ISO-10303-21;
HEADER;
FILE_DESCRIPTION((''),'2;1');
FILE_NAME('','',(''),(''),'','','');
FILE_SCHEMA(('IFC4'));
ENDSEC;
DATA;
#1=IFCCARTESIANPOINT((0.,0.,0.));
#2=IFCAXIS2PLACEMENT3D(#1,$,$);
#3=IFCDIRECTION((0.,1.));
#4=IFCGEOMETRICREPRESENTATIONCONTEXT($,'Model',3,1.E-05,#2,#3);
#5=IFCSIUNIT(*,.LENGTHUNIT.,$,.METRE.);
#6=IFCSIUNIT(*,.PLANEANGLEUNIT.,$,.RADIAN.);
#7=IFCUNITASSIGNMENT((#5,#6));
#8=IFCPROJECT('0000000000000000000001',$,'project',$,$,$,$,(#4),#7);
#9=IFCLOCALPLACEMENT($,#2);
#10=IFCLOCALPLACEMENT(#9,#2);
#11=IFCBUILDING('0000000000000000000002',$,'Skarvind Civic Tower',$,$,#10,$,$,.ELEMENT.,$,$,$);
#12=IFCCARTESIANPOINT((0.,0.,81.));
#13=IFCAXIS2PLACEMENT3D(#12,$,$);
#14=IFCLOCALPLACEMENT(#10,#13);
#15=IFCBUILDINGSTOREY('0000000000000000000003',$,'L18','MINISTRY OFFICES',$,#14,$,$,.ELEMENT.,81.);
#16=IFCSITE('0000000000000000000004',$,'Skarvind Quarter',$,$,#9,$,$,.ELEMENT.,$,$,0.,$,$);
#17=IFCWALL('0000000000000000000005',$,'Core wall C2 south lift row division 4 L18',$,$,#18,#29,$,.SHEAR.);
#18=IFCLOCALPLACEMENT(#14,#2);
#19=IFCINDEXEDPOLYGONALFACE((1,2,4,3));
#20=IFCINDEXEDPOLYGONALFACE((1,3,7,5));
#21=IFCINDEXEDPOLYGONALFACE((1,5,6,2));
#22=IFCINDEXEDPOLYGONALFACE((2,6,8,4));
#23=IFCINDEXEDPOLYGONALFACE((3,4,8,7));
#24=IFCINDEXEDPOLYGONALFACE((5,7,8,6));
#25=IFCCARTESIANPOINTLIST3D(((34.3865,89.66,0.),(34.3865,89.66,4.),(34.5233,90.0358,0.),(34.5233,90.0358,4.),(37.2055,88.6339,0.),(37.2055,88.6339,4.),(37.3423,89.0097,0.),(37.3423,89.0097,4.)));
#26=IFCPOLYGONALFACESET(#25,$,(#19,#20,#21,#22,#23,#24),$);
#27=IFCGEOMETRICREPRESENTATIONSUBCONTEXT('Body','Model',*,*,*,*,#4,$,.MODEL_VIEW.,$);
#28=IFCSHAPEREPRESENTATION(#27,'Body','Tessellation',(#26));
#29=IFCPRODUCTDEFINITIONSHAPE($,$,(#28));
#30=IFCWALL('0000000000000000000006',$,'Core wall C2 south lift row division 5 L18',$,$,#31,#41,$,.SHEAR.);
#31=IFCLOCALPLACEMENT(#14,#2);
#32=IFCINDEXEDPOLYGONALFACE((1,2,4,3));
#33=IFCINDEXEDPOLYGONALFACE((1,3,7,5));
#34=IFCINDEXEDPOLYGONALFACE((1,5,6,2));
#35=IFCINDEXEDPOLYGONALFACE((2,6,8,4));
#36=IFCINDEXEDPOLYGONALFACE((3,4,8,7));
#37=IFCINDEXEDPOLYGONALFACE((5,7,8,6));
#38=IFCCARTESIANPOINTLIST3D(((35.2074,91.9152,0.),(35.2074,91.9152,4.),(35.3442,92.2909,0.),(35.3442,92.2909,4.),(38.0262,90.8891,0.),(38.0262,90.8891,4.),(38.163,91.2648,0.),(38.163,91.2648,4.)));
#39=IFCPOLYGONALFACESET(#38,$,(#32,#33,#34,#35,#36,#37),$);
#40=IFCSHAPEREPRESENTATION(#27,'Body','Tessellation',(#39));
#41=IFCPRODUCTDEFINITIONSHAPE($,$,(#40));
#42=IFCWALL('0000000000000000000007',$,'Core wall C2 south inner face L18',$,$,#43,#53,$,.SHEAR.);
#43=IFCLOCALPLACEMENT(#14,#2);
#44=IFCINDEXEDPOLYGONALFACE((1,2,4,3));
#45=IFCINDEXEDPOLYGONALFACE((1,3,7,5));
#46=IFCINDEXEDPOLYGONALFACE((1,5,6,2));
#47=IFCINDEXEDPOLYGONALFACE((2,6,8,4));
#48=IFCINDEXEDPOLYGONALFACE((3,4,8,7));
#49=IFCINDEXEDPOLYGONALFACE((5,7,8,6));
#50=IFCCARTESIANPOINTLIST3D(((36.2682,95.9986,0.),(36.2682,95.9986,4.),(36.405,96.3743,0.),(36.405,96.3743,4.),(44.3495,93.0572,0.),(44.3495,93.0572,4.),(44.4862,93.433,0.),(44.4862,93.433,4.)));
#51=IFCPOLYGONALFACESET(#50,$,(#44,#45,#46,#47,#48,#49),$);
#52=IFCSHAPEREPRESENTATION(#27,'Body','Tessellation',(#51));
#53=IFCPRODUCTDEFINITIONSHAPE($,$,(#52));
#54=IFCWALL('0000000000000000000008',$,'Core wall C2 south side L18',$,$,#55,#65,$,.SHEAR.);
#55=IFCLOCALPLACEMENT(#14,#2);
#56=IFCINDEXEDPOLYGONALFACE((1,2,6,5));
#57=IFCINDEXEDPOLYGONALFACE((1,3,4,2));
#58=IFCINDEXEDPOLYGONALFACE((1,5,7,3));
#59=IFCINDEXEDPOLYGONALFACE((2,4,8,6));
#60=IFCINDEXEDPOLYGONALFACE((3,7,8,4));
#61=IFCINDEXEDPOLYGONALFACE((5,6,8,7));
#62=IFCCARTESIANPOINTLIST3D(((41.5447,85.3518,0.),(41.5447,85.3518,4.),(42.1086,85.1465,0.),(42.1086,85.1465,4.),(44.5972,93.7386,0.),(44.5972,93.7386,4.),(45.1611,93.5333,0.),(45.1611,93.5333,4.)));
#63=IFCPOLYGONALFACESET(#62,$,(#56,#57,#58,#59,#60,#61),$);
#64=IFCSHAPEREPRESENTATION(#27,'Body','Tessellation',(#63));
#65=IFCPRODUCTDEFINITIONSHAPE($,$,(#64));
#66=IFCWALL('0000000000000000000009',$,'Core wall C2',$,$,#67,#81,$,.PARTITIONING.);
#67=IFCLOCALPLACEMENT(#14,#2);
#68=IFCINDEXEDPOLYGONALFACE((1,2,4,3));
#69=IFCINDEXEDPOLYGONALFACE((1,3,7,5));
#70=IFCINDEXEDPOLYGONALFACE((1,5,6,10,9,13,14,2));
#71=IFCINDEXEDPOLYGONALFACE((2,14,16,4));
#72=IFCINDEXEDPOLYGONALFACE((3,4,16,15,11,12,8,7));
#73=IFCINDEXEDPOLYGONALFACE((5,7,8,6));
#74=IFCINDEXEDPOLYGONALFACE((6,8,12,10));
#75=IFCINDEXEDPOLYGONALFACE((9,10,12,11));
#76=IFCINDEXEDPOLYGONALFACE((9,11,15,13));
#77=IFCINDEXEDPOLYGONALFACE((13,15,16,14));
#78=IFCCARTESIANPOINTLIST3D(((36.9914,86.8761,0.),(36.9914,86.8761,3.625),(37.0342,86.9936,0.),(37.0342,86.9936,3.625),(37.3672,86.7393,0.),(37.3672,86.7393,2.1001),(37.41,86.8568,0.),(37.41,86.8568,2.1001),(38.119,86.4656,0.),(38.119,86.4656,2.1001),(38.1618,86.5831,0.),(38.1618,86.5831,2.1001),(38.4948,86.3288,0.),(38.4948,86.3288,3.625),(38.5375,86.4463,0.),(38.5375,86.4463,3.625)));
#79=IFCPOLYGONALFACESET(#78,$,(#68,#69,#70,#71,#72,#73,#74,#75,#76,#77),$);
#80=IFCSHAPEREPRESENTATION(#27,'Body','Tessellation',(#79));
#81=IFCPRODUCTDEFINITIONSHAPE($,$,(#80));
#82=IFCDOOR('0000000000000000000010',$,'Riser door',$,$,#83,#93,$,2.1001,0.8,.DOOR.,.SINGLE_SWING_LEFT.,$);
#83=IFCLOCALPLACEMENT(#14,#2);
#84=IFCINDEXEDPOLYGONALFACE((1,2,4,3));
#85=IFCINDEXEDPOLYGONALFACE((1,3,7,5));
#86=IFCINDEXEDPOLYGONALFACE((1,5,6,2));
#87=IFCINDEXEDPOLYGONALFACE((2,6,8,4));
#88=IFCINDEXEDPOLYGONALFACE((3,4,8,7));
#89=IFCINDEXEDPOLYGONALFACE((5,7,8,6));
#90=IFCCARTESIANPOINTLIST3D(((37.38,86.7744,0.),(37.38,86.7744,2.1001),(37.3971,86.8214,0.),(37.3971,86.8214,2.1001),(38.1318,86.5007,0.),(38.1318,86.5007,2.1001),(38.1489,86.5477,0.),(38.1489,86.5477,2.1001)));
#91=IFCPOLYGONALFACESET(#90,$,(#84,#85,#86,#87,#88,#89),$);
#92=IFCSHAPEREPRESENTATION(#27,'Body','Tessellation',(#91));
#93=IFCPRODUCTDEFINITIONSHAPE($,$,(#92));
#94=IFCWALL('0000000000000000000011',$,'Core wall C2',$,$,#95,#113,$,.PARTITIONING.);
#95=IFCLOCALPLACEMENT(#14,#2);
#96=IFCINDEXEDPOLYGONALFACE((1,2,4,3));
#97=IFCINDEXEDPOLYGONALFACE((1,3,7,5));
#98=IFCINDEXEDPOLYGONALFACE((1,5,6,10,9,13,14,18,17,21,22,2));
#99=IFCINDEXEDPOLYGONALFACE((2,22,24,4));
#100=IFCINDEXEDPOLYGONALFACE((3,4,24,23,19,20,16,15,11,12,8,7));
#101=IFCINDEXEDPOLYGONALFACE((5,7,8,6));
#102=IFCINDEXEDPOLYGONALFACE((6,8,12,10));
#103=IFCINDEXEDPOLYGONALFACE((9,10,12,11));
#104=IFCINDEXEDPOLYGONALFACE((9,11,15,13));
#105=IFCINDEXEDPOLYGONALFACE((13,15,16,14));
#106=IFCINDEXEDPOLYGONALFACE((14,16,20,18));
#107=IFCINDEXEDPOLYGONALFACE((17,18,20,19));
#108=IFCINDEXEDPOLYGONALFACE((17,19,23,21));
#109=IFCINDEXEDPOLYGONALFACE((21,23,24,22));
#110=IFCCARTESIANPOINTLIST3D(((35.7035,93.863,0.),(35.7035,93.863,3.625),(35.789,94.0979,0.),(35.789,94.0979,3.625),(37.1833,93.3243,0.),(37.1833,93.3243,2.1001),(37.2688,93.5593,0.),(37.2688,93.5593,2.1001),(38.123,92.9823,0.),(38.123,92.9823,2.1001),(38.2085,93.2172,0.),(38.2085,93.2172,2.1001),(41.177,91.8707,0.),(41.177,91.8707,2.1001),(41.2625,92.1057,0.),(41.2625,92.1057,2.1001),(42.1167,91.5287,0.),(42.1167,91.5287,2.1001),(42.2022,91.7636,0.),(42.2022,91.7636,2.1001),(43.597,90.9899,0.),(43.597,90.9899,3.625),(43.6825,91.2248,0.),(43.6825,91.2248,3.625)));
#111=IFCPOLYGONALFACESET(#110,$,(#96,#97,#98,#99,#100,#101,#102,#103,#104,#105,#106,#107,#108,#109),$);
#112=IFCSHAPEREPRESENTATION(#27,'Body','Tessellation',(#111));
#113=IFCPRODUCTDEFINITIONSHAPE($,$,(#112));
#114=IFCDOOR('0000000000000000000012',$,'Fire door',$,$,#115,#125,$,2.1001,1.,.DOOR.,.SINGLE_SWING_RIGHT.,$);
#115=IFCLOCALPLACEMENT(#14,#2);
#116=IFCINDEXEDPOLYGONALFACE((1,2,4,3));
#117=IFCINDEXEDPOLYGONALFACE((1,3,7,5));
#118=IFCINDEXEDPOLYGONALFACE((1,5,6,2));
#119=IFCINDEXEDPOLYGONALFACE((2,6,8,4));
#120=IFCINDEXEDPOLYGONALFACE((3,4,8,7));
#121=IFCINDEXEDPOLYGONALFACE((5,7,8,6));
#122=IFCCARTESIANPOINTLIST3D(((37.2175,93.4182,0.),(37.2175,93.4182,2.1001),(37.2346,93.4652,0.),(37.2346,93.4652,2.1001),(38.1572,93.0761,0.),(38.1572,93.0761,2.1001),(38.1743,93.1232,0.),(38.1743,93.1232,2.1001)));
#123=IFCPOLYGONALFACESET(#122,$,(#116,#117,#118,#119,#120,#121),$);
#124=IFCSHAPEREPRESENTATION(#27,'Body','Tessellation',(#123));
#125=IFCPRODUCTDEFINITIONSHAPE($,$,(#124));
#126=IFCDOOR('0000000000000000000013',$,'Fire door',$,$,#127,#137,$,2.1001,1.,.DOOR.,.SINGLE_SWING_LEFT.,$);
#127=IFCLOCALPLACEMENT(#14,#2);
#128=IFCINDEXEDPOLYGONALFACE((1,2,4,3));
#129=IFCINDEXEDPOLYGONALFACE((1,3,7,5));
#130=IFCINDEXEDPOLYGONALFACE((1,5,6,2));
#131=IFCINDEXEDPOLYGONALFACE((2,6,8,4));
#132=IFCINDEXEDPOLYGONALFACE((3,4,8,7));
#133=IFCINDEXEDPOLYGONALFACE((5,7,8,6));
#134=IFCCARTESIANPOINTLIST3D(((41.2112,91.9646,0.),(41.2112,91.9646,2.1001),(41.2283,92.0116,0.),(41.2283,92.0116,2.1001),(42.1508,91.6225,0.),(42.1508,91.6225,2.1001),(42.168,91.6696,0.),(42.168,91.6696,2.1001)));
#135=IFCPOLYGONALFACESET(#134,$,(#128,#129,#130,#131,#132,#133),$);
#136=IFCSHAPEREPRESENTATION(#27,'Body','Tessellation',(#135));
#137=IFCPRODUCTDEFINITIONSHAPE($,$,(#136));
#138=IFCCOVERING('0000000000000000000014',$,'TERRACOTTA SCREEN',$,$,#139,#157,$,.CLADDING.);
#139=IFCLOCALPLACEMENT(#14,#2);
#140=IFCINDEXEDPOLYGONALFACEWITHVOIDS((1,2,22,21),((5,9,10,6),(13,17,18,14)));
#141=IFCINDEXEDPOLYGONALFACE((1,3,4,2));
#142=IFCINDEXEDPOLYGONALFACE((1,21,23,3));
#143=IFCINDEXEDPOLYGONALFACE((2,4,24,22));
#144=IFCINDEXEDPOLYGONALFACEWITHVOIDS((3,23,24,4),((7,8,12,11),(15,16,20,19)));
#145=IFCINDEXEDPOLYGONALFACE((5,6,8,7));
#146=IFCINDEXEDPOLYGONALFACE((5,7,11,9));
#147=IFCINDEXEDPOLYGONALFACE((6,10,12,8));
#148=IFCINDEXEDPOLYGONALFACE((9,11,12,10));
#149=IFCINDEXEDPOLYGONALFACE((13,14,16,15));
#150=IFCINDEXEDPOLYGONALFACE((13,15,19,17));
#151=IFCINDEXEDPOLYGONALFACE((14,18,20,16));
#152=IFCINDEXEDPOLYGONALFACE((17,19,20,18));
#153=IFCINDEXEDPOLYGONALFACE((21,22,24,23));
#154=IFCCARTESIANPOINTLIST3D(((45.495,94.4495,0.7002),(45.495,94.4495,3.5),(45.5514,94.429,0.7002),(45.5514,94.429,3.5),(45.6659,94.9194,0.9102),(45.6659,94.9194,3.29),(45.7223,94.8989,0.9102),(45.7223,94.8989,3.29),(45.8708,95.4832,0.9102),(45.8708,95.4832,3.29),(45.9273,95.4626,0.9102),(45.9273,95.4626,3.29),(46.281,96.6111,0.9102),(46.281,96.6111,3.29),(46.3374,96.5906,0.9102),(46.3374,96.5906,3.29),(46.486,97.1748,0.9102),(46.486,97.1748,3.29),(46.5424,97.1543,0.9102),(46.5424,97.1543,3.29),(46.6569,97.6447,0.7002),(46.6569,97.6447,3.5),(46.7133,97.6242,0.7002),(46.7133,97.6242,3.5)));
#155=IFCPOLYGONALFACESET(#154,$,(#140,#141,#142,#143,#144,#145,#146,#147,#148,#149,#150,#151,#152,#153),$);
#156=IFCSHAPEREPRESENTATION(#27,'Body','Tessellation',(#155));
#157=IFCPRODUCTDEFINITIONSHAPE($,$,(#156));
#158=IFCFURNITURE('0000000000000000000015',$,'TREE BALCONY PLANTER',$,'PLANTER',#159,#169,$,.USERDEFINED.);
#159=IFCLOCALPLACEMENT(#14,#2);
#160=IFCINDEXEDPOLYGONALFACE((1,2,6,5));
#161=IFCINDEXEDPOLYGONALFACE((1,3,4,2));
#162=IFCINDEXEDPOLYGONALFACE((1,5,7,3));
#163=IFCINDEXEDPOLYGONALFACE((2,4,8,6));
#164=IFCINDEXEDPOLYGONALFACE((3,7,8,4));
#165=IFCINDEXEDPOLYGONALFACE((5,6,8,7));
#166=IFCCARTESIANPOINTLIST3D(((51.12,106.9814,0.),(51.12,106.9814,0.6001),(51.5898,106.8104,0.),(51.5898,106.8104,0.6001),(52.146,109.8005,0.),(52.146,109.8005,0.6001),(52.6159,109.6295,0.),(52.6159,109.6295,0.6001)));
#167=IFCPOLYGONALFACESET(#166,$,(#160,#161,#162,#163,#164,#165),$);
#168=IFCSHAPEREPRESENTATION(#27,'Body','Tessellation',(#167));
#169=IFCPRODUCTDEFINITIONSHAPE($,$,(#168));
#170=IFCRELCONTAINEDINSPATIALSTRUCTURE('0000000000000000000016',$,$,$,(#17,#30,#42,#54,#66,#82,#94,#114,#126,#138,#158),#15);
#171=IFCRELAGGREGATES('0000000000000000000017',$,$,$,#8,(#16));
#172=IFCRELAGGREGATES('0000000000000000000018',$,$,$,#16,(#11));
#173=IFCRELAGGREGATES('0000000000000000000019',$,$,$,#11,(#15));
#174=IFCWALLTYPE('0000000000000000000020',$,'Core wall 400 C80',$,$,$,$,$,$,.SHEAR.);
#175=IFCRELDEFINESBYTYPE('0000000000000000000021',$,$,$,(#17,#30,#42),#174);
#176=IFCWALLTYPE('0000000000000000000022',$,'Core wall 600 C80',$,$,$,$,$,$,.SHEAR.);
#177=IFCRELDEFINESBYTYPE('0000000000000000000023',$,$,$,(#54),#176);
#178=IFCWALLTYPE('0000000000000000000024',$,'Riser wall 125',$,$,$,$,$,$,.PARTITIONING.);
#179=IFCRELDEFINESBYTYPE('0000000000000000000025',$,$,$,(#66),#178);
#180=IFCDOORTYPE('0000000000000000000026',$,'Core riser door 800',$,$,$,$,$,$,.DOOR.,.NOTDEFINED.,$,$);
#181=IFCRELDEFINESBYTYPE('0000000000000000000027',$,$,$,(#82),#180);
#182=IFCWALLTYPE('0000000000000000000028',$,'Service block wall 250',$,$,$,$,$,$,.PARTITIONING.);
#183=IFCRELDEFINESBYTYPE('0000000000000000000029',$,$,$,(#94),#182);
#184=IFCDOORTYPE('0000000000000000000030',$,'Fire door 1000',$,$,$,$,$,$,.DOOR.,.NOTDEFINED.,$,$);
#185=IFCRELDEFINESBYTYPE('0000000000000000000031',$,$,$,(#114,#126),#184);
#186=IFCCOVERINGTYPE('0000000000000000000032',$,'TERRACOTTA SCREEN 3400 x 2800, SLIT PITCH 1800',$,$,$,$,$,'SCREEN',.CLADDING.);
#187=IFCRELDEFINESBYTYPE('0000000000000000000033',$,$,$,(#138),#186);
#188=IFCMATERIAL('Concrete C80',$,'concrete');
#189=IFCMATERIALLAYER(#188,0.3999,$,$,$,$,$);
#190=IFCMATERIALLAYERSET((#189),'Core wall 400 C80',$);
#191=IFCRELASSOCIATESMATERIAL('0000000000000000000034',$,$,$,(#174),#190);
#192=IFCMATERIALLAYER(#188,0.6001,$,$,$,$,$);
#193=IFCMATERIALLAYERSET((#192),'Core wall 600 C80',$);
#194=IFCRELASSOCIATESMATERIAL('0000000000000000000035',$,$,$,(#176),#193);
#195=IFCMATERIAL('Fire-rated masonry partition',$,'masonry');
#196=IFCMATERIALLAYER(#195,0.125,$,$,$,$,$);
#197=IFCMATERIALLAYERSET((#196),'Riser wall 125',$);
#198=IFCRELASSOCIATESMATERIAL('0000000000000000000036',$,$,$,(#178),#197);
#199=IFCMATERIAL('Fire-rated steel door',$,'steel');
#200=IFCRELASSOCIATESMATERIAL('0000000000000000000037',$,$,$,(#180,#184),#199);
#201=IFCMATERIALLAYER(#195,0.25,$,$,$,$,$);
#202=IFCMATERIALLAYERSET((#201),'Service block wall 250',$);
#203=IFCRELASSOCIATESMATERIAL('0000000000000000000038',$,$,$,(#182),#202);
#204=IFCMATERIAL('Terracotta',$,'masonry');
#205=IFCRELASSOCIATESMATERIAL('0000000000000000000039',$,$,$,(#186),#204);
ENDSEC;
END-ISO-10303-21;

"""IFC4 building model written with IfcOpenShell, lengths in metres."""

from ifc_helpers import new_model, si_unit, direction, frame, frame_2d, origin, origin_2d, place, context, subcontext, project, spatial, polyline, rectangle, outline, extrude, material, layer, layer_set, material_profile, profile_set, type_object, element, fill, save


model = new_model("IFC4")

# Units and contexts
model_context = context("Model", 3, precision=1e-05, world=origin(), true_north=direction((0.0, 1.0)))
body_context = subcontext(model_context, "Body", "Model", "MODEL_VIEW")
ifc_project = project(units=[si_unit("LENGTHUNIT", "METRE"), si_unit("PLANEANGLEUNIT", "RADIAN")], contexts=[model_context])

# Site, building, storey
site_placement = place(None, origin())
site = spatial("IfcSite", under=ifc_project, at=site_placement, Name="Skarvind Quarter", CompositionType="ELEMENT", RefElevation=0.0)
building_placement = place(site_placement, origin())
building = spatial("IfcBuilding", under=site, at=building_placement, Name="Skarvind Civic Tower", CompositionType="ELEMENT")
storey_placement = place(building_placement, frame((0.0, 0.0, 81.0)))
storey = spatial("IfcBuildingStorey", under=building, at=storey_placement, Name="L18", Description="MINISTRY OFFICES", CompositionType="ELEMENT", Elevation=81.0)

# Shared definitions
ifc_material_1 = material(Name="Concrete C80", Category="concrete")

# Shared definitions
ifc_material_2 = material(Name="Fire-rated masonry partition", Category="masonry")
ifc_material_3 = material(Name="Fire-rated steel door", Category="steel")

# Walls
ifc_layer_1 = layer(ifc_material_1, 0.3999)
ifc_layer_set_1 = layer_set([ifc_layer_1], Name="Core wall 400 C80")
wall_type_1 = type_object("IfcWallType", Name="Core wall 400 C80", PredefinedType="SHEAR", material=ifc_layer_set_1)
for number, where, z_axis, x_axis, name in (
    (1, (37.2739, 88.8218, 0.0), (0.0, 0.0, 1.0), (-0.939686, 0.342037, 0.0), "Core wall C2 south lift row division 4 L18"),
):
    element("IfcWall", number, at=place(storey_placement, frame(where, z_axis=z_axis, x_axis=x_axis)), inside=storey, type_object=wall_type_1, Name=name, PredefinedType="SHEAR", context=body_context, shape_type="SweptSolid", body=[
        extrude(rectangle(XDim=3.0, YDim=0.3999, at=frame_2d((1.5, 0.0))), origin(), (0.0, 0.0, 1.0), 4.0),
    ])
wall_1_placement = place(storey_placement, frame((38.0947, 91.0769, 0.0), z_axis=(0.0, 0.0, 1.0), x_axis=(-0.939677, 0.342063, 0.0)))
element("IfcWall", 2, at=wall_1_placement, inside=storey, type_object=wall_type_1, Name="Core wall C2 south lift row division 5 L18", PredefinedType="SHEAR", context=body_context, shape_type="SweptSolid", body=[
    extrude(rectangle(XDim=2.9998, YDim=0.3999, at=frame_2d((1.5, 0.0))), origin(), (0.0, 0.0, 1.0), 4.0),
])
wall_2_placement = place(storey_placement, frame((44.4177, 93.2451, 0.0), z_axis=(0.0, 0.0, 1.0), x_axis=(-0.939691, 0.342026, 0.0)))
element("IfcWall", 3, at=wall_2_placement, inside=storey, type_object=wall_type_1, Name="Core wall C2 south inner face L18", PredefinedType="SHEAR", context=body_context, shape_type="SweptSolid", body=[
    extrude(rectangle(XDim=8.5999, YDim=0.3999, at=frame_2d((4.2998, 0.0))), origin(), (0.0, 0.0, 1.0), 4.0),
])
ifc_layer_2 = layer(ifc_material_1, 0.6001)
ifc_layer_set_2 = layer_set([ifc_layer_2], Name="Core wall 600 C80")
wall_type_2 = type_object("IfcWallType", Name="Core wall 600 C80", PredefinedType="SHEAR", material=ifc_layer_set_2)
wall_3_placement = place(storey_placement, frame((41.8267, 85.2493, 0.0), z_axis=(0.0, 0.0, 1.0), x_axis=(0.342018, 0.939694, 0.0)))
element("IfcWall", 4, at=wall_3_placement, inside=storey, type_object=wall_type_2, Name="Core wall C2 south side L18", PredefinedType="SHEAR", context=body_context, shape_type="SweptSolid", body=[
    extrude(rectangle(XDim=8.925, YDim=0.6001, at=frame_2d((4.4624, 0.0))), origin(), (0.0, 0.0, 1.0), 4.0),
])

# Wall, opening, door
ifc_layer_3 = layer(ifc_material_2, 0.125)
ifc_layer_set_3 = layer_set([ifc_layer_3], Name="Riser wall 125")
wall_type_3 = type_object("IfcWallType", Name="Riser wall 125", PredefinedType="PARTITIONING", material=ifc_layer_set_3)
wall_4_placement = place(storey_placement, frame((37.0129, 86.9348, 0.0), z_axis=(0.0, 0.0, 1.0), x_axis=(0.93966, -0.342111, 0.0)))
wall_4 = element("IfcWall", 5, at=wall_4_placement, inside=storey, type_object=wall_type_3, Name="Core wall C2", PredefinedType="PARTITIONING", context=body_context, shape_type="SweptSolid", body=[
    extrude(rectangle(XDim=1.5999, YDim=0.125, at=frame_2d((0.7998, 0.0))), origin(), (0.0, 0.0, 1.0), 3.625),
])
opening_1_placement = place(wall_4_placement, frame((0.3999, 0.0, 0.0)))
opening_1 = element("IfcOpeningElement", 6, at=opening_1_placement, cuts=wall_4, PredefinedType="OPENING", context=body_context, shape_type="SweptSolid", body=[
    extrude(rectangle(XDim=0.8, YDim=2.1001, at=frame_2d((0.3999, 1.05))), frame((0.0, 0.0725, 0.0), z_axis=(0.0, -1.0, 0.0), x_axis=(1.0, 0.0, 0.0)), (0.0, 0.0, 1.0), 0.145),
])
door_type_1 = type_object("IfcDoorType", Name="Core riser door 800", OperationType="NOTDEFINED", PredefinedType="DOOR", material=ifc_material_3)
door_1_placement = place(opening_1_placement, origin())
door_1 = element("IfcDoor", 7, at=door_1_placement, inside=storey, type_object=door_type_1, Name="Riser door", OperationType="SINGLE_SWING_LEFT", OverallHeight=2.1001, OverallWidth=0.8, PredefinedType="DOOR", context=body_context, shape_type="SweptSolid", body=[
    extrude(rectangle(XDim=0.8, YDim=2.1001, at=frame_2d((0.3999, 1.05))), frame((0.0, 0.0249, 0.0), z_axis=(0.0, -1.0, 0.0), x_axis=(1.0, 0.0, 0.0)), (0.0, 0.0, 1.0), 0.05),
])
fill(opening_1, door_1)

# Wall, openings, doors
ifc_layer_4 = layer(ifc_material_2, 0.25)
ifc_layer_set_4 = layer_set([ifc_layer_4], Name="Service block wall 250")
wall_type_4 = type_object("IfcWallType", Name="Service block wall 250", PredefinedType="PARTITIONING", material=ifc_layer_set_4)
wall_5_placement = place(storey_placement, frame((35.7461, 93.9805, 0.0), z_axis=(0.0, 0.0, 1.0), x_axis=(0.939692, -0.342023, 0.0)))
wall_5 = element("IfcWall", 8, at=wall_5_placement, inside=storey, type_object=wall_type_4, Name="Core wall C2", PredefinedType="PARTITIONING", context=body_context, shape_type="SweptSolid", body=[
    extrude(rectangle(XDim=8.4001, YDim=0.25, at=frame_2d((4.2002, 0.0))), origin(), (0.0, 0.0, 1.0), 3.625),
])
opening_2_placement = place(wall_5_placement, frame((1.575, 0.0, 0.0)))
opening_2 = element("IfcOpeningElement", 9, at=opening_2_placement, cuts=wall_5, PredefinedType="OPENING", context=body_context, shape_type="SweptSolid", body=[
    extrude(rectangle(XDim=1.0, YDim=2.1001, at=frame_2d((0.5, 1.05))), frame((0.0, 0.135, 0.0), z_axis=(0.0, -1.0, 0.0), x_axis=(1.0, 0.0, 0.0)), (0.0, 0.0, 1.0), 0.27),
])
opening_3_placement = place(wall_5_placement, frame((5.825, 0.0, 0.0)))
opening_3 = element("IfcOpeningElement", 10, at=opening_3_placement, cuts=wall_5, PredefinedType="OPENING", context=body_context, shape_type="SweptSolid", body=[
    extrude(rectangle(XDim=1.0, YDim=2.1001, at=frame_2d((0.5, 1.05))), frame((0.0, 0.135, 0.0), z_axis=(0.0, -1.0, 0.0), x_axis=(1.0, 0.0, 0.0)), (0.0, 0.0, 1.0), 0.27),
])
door_type_2 = type_object("IfcDoorType", Name="Fire door 1000", OperationType="NOTDEFINED", PredefinedType="DOOR", material=ifc_material_3)
door_2_placement = place(opening_2_placement, origin())
door_2 = element("IfcDoor", 11, at=door_2_placement, inside=storey, type_object=door_type_2, Name="Fire door", OperationType="SINGLE_SWING_RIGHT", OverallHeight=2.1001, OverallWidth=1.0, PredefinedType="DOOR", context=body_context, shape_type="SweptSolid", body=[
    extrude(rectangle(XDim=1.0, YDim=2.1001, at=frame_2d((0.5, 1.05))), frame((0.0, 0.0249, 0.0), z_axis=(0.0, -1.0, 0.0), x_axis=(1.0, 0.0, 0.0)), (0.0, 0.0, 1.0), 0.05),
])
fill(opening_2, door_2)
door_3_placement = place(opening_3_placement, origin())
door_3 = element("IfcDoor", 12, at=door_3_placement, inside=storey, type_object=door_type_2, Name="Fire door", OperationType="SINGLE_SWING_LEFT", OverallHeight=2.1001, OverallWidth=1.0, PredefinedType="DOOR", context=body_context, shape_type="SweptSolid", body=[
    extrude(rectangle(XDim=1.0, YDim=2.1001, at=frame_2d((0.5, 1.05))), frame((0.0, 0.0249, 0.0), z_axis=(0.0, -1.0, 0.0), x_axis=(1.0, 0.0, 0.0)), (0.0, 0.0, 1.0), 0.05),
])
fill(opening_3, door_3)

# Covering
ifc_material_4 = material(Name="Terracotta", Category="masonry")
ifc_material_profile_1 = material_profile(ifc_material_4, outline(polyline([(-1.7, -1.3999), (1.7, -1.3999), (1.7, 1.3999), (-1.7, 1.3999), (-1.7, -1.3999)]), holes=[polyline([(-1.2, -1.1899), (-0.6001, -1.1899), (-0.6001, 1.1899), (-1.2, 1.1899), (-1.2, -1.1899)]), polyline([(0.6001, -1.1899), (1.2, -1.1899), (1.2, 1.1899), (0.6001, 1.1899), (0.6001, -1.1899)])]), Name="TERRACOTTA SCREEN 3400 x 2800, SLIT PITCH 1800")
ifc_profile_set_1 = profile_set([ifc_material_profile_1], Name="Terracotta")
covering_type = type_object("IfcCoveringType", Name="TERRACOTTA SCREEN 3400 x 2800, SLIT PITCH 1800", ElementType="SCREEN", PredefinedType="CLADDING", material=ifc_profile_set_1)
covering_placement = place(storey_placement, frame((46.0759, 96.0471, 2.1001), z_axis=(0.939793, -0.341743, 0.0), x_axis=(0.341743, 0.939793, 0.0)))
element("IfcCovering", 13, at=covering_placement, inside=storey, type_object=covering_type, Name="TERRACOTTA SCREEN", PredefinedType="CLADDING", context=body_context, shape_type="SweptSolid", body=[
    extrude(outline(polyline([(-1.7, -1.3999), (1.7, -1.3999), (1.7, 1.3999), (-1.7, 1.3999), (-1.7, -1.3999)]), holes=[polyline([(-1.2, -1.1899), (-0.6001, -1.1899), (-0.6001, 1.1899), (-1.2, 1.1899), (-1.2, -1.1899)]), polyline([(0.6001, -1.1899), (1.2, -1.1899), (1.2, 1.1899), (0.6001, 1.1899), (0.6001, -1.1899)])]), origin(), (0.0, 0.0, 1.0), 0.0601),
])

# Furniture
furniture_placement = place(storey_placement, frame((51.8679, 108.3054, 0.0), z_axis=(0.0, 0.0, 1.0), x_axis=(-0.34202, -0.939693, 0.0)))
element("IfcFurniture", 14, at=furniture_placement, inside=storey, Name="TREE BALCONY PLANTER", ObjectType="PLANTER", PredefinedType="USERDEFINED", context=body_context, shape_type="SweptSolid", body=[
    extrude(rectangle(XDim=3.0, YDim=0.5, at=origin_2d()), origin(), (0.0, 0.0, 1.0), 0.6001),
])

save(model, "model.ifc")
